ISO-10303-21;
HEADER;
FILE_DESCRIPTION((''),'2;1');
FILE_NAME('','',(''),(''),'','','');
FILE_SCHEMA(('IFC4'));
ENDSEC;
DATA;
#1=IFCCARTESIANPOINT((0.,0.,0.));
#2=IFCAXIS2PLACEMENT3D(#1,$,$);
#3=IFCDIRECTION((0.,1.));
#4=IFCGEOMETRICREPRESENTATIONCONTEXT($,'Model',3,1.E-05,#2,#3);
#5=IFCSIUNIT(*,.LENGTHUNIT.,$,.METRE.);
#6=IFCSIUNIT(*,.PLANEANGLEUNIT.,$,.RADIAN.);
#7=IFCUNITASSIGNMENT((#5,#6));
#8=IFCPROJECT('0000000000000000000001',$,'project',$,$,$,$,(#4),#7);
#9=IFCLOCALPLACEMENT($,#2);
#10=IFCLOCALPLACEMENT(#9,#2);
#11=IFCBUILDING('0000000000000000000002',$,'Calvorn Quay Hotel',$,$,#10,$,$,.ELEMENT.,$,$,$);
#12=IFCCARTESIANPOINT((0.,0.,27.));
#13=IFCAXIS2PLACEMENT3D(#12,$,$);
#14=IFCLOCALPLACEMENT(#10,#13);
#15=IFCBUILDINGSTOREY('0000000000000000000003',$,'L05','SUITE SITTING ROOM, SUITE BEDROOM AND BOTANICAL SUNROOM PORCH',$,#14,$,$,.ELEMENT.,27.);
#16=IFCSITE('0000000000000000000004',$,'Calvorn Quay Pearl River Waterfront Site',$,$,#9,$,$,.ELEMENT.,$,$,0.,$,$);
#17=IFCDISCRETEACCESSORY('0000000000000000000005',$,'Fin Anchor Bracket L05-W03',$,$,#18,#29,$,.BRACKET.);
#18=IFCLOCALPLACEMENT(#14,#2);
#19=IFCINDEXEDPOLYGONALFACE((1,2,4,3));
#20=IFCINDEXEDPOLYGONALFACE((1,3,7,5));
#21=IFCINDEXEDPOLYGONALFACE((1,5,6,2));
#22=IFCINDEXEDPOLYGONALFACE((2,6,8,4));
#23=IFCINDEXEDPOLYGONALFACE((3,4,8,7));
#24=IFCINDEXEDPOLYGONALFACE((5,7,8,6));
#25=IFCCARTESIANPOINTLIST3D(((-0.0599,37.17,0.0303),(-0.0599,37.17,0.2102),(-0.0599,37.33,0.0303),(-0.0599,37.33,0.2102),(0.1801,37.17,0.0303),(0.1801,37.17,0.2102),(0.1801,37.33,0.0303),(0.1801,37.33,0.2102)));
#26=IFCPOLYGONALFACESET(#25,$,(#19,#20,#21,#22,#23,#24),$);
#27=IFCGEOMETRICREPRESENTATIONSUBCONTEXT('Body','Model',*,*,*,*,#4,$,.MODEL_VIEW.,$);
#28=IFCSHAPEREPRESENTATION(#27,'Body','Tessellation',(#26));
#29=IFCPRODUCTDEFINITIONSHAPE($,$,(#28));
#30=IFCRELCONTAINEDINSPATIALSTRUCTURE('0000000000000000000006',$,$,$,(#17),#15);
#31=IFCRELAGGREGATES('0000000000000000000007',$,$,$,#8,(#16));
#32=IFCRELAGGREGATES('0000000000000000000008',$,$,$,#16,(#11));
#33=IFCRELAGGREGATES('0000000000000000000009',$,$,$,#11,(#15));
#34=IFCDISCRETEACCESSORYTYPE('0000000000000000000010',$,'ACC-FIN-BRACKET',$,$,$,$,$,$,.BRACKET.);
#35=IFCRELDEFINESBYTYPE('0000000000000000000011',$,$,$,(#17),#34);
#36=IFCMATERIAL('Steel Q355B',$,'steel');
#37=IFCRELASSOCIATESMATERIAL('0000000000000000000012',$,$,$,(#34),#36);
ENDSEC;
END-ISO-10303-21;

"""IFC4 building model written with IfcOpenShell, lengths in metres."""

from ifc_helpers import new_model, si_unit, direction, frame, origin, origin_2d, place, context, subcontext, project, spatial, rectangle, extrude, material, type_object, element, save


model = new_model("IFC4")

# Units and contexts
model_context = context("Model", 3, precision=1e-05, world=origin(), true_north=direction((0.0, 1.0)))
body_context = subcontext(model_context, "Body", "Model", "MODEL_VIEW")
ifc_project = project(units=[si_unit("LENGTHUNIT", "METRE"), si_unit("PLANEANGLEUNIT", "RADIAN")], contexts=[model_context])

# Site, building, storey
site_placement = place(None, origin())
site = spatial("IfcSite", under=ifc_project, at=site_placement, Name="Calvorn Quay Pearl River Waterfront Site", CompositionType="ELEMENT", RefElevation=0.0)
building_placement = place(site_placement, origin())
building = spatial("IfcBuilding", under=site, at=building_placement, Name="Calvorn Quay Hotel", CompositionType="ELEMENT")
storey_placement = place(building_placement, frame((0.0, 0.0, 27.0)))
storey = spatial("IfcBuildingStorey", under=building, at=storey_placement, Name="L05", Description="SUITE SITTING ROOM, SUITE BEDROOM AND BOTANICAL SUNROOM PORCH", CompositionType="ELEMENT", Elevation=27.0)

# Discrete accessory
ifc_material_1 = material(Name="Steel Q355B", Category="steel")
discrete_accessory_type = type_object("IfcDiscreteAccessoryType", Name="ACC-FIN-BRACKET", PredefinedType="BRACKET", material=ifc_material_1)
for number, where, z_axis, x_axis, name in (
    (1, (0.0601, 37.25, 0.0303), (0.0, 0.0, 1.0), (1.0, 0.0, 0.0), "Fin Anchor Bracket L05-W03"),
):
    element("IfcDiscreteAccessory", number, at=place(storey_placement, frame(where, z_axis=z_axis, x_axis=x_axis)), inside=storey, type_object=discrete_accessory_type, Name=name, PredefinedType="BRACKET", context=body_context, shape_type="SweptSolid", body=[
        extrude(rectangle(XDim=0.24, YDim=0.1599, at=origin_2d()), origin(), (0.0, 0.0, 1.0), 0.1799),
    ])

save(model, "model.ifc")
